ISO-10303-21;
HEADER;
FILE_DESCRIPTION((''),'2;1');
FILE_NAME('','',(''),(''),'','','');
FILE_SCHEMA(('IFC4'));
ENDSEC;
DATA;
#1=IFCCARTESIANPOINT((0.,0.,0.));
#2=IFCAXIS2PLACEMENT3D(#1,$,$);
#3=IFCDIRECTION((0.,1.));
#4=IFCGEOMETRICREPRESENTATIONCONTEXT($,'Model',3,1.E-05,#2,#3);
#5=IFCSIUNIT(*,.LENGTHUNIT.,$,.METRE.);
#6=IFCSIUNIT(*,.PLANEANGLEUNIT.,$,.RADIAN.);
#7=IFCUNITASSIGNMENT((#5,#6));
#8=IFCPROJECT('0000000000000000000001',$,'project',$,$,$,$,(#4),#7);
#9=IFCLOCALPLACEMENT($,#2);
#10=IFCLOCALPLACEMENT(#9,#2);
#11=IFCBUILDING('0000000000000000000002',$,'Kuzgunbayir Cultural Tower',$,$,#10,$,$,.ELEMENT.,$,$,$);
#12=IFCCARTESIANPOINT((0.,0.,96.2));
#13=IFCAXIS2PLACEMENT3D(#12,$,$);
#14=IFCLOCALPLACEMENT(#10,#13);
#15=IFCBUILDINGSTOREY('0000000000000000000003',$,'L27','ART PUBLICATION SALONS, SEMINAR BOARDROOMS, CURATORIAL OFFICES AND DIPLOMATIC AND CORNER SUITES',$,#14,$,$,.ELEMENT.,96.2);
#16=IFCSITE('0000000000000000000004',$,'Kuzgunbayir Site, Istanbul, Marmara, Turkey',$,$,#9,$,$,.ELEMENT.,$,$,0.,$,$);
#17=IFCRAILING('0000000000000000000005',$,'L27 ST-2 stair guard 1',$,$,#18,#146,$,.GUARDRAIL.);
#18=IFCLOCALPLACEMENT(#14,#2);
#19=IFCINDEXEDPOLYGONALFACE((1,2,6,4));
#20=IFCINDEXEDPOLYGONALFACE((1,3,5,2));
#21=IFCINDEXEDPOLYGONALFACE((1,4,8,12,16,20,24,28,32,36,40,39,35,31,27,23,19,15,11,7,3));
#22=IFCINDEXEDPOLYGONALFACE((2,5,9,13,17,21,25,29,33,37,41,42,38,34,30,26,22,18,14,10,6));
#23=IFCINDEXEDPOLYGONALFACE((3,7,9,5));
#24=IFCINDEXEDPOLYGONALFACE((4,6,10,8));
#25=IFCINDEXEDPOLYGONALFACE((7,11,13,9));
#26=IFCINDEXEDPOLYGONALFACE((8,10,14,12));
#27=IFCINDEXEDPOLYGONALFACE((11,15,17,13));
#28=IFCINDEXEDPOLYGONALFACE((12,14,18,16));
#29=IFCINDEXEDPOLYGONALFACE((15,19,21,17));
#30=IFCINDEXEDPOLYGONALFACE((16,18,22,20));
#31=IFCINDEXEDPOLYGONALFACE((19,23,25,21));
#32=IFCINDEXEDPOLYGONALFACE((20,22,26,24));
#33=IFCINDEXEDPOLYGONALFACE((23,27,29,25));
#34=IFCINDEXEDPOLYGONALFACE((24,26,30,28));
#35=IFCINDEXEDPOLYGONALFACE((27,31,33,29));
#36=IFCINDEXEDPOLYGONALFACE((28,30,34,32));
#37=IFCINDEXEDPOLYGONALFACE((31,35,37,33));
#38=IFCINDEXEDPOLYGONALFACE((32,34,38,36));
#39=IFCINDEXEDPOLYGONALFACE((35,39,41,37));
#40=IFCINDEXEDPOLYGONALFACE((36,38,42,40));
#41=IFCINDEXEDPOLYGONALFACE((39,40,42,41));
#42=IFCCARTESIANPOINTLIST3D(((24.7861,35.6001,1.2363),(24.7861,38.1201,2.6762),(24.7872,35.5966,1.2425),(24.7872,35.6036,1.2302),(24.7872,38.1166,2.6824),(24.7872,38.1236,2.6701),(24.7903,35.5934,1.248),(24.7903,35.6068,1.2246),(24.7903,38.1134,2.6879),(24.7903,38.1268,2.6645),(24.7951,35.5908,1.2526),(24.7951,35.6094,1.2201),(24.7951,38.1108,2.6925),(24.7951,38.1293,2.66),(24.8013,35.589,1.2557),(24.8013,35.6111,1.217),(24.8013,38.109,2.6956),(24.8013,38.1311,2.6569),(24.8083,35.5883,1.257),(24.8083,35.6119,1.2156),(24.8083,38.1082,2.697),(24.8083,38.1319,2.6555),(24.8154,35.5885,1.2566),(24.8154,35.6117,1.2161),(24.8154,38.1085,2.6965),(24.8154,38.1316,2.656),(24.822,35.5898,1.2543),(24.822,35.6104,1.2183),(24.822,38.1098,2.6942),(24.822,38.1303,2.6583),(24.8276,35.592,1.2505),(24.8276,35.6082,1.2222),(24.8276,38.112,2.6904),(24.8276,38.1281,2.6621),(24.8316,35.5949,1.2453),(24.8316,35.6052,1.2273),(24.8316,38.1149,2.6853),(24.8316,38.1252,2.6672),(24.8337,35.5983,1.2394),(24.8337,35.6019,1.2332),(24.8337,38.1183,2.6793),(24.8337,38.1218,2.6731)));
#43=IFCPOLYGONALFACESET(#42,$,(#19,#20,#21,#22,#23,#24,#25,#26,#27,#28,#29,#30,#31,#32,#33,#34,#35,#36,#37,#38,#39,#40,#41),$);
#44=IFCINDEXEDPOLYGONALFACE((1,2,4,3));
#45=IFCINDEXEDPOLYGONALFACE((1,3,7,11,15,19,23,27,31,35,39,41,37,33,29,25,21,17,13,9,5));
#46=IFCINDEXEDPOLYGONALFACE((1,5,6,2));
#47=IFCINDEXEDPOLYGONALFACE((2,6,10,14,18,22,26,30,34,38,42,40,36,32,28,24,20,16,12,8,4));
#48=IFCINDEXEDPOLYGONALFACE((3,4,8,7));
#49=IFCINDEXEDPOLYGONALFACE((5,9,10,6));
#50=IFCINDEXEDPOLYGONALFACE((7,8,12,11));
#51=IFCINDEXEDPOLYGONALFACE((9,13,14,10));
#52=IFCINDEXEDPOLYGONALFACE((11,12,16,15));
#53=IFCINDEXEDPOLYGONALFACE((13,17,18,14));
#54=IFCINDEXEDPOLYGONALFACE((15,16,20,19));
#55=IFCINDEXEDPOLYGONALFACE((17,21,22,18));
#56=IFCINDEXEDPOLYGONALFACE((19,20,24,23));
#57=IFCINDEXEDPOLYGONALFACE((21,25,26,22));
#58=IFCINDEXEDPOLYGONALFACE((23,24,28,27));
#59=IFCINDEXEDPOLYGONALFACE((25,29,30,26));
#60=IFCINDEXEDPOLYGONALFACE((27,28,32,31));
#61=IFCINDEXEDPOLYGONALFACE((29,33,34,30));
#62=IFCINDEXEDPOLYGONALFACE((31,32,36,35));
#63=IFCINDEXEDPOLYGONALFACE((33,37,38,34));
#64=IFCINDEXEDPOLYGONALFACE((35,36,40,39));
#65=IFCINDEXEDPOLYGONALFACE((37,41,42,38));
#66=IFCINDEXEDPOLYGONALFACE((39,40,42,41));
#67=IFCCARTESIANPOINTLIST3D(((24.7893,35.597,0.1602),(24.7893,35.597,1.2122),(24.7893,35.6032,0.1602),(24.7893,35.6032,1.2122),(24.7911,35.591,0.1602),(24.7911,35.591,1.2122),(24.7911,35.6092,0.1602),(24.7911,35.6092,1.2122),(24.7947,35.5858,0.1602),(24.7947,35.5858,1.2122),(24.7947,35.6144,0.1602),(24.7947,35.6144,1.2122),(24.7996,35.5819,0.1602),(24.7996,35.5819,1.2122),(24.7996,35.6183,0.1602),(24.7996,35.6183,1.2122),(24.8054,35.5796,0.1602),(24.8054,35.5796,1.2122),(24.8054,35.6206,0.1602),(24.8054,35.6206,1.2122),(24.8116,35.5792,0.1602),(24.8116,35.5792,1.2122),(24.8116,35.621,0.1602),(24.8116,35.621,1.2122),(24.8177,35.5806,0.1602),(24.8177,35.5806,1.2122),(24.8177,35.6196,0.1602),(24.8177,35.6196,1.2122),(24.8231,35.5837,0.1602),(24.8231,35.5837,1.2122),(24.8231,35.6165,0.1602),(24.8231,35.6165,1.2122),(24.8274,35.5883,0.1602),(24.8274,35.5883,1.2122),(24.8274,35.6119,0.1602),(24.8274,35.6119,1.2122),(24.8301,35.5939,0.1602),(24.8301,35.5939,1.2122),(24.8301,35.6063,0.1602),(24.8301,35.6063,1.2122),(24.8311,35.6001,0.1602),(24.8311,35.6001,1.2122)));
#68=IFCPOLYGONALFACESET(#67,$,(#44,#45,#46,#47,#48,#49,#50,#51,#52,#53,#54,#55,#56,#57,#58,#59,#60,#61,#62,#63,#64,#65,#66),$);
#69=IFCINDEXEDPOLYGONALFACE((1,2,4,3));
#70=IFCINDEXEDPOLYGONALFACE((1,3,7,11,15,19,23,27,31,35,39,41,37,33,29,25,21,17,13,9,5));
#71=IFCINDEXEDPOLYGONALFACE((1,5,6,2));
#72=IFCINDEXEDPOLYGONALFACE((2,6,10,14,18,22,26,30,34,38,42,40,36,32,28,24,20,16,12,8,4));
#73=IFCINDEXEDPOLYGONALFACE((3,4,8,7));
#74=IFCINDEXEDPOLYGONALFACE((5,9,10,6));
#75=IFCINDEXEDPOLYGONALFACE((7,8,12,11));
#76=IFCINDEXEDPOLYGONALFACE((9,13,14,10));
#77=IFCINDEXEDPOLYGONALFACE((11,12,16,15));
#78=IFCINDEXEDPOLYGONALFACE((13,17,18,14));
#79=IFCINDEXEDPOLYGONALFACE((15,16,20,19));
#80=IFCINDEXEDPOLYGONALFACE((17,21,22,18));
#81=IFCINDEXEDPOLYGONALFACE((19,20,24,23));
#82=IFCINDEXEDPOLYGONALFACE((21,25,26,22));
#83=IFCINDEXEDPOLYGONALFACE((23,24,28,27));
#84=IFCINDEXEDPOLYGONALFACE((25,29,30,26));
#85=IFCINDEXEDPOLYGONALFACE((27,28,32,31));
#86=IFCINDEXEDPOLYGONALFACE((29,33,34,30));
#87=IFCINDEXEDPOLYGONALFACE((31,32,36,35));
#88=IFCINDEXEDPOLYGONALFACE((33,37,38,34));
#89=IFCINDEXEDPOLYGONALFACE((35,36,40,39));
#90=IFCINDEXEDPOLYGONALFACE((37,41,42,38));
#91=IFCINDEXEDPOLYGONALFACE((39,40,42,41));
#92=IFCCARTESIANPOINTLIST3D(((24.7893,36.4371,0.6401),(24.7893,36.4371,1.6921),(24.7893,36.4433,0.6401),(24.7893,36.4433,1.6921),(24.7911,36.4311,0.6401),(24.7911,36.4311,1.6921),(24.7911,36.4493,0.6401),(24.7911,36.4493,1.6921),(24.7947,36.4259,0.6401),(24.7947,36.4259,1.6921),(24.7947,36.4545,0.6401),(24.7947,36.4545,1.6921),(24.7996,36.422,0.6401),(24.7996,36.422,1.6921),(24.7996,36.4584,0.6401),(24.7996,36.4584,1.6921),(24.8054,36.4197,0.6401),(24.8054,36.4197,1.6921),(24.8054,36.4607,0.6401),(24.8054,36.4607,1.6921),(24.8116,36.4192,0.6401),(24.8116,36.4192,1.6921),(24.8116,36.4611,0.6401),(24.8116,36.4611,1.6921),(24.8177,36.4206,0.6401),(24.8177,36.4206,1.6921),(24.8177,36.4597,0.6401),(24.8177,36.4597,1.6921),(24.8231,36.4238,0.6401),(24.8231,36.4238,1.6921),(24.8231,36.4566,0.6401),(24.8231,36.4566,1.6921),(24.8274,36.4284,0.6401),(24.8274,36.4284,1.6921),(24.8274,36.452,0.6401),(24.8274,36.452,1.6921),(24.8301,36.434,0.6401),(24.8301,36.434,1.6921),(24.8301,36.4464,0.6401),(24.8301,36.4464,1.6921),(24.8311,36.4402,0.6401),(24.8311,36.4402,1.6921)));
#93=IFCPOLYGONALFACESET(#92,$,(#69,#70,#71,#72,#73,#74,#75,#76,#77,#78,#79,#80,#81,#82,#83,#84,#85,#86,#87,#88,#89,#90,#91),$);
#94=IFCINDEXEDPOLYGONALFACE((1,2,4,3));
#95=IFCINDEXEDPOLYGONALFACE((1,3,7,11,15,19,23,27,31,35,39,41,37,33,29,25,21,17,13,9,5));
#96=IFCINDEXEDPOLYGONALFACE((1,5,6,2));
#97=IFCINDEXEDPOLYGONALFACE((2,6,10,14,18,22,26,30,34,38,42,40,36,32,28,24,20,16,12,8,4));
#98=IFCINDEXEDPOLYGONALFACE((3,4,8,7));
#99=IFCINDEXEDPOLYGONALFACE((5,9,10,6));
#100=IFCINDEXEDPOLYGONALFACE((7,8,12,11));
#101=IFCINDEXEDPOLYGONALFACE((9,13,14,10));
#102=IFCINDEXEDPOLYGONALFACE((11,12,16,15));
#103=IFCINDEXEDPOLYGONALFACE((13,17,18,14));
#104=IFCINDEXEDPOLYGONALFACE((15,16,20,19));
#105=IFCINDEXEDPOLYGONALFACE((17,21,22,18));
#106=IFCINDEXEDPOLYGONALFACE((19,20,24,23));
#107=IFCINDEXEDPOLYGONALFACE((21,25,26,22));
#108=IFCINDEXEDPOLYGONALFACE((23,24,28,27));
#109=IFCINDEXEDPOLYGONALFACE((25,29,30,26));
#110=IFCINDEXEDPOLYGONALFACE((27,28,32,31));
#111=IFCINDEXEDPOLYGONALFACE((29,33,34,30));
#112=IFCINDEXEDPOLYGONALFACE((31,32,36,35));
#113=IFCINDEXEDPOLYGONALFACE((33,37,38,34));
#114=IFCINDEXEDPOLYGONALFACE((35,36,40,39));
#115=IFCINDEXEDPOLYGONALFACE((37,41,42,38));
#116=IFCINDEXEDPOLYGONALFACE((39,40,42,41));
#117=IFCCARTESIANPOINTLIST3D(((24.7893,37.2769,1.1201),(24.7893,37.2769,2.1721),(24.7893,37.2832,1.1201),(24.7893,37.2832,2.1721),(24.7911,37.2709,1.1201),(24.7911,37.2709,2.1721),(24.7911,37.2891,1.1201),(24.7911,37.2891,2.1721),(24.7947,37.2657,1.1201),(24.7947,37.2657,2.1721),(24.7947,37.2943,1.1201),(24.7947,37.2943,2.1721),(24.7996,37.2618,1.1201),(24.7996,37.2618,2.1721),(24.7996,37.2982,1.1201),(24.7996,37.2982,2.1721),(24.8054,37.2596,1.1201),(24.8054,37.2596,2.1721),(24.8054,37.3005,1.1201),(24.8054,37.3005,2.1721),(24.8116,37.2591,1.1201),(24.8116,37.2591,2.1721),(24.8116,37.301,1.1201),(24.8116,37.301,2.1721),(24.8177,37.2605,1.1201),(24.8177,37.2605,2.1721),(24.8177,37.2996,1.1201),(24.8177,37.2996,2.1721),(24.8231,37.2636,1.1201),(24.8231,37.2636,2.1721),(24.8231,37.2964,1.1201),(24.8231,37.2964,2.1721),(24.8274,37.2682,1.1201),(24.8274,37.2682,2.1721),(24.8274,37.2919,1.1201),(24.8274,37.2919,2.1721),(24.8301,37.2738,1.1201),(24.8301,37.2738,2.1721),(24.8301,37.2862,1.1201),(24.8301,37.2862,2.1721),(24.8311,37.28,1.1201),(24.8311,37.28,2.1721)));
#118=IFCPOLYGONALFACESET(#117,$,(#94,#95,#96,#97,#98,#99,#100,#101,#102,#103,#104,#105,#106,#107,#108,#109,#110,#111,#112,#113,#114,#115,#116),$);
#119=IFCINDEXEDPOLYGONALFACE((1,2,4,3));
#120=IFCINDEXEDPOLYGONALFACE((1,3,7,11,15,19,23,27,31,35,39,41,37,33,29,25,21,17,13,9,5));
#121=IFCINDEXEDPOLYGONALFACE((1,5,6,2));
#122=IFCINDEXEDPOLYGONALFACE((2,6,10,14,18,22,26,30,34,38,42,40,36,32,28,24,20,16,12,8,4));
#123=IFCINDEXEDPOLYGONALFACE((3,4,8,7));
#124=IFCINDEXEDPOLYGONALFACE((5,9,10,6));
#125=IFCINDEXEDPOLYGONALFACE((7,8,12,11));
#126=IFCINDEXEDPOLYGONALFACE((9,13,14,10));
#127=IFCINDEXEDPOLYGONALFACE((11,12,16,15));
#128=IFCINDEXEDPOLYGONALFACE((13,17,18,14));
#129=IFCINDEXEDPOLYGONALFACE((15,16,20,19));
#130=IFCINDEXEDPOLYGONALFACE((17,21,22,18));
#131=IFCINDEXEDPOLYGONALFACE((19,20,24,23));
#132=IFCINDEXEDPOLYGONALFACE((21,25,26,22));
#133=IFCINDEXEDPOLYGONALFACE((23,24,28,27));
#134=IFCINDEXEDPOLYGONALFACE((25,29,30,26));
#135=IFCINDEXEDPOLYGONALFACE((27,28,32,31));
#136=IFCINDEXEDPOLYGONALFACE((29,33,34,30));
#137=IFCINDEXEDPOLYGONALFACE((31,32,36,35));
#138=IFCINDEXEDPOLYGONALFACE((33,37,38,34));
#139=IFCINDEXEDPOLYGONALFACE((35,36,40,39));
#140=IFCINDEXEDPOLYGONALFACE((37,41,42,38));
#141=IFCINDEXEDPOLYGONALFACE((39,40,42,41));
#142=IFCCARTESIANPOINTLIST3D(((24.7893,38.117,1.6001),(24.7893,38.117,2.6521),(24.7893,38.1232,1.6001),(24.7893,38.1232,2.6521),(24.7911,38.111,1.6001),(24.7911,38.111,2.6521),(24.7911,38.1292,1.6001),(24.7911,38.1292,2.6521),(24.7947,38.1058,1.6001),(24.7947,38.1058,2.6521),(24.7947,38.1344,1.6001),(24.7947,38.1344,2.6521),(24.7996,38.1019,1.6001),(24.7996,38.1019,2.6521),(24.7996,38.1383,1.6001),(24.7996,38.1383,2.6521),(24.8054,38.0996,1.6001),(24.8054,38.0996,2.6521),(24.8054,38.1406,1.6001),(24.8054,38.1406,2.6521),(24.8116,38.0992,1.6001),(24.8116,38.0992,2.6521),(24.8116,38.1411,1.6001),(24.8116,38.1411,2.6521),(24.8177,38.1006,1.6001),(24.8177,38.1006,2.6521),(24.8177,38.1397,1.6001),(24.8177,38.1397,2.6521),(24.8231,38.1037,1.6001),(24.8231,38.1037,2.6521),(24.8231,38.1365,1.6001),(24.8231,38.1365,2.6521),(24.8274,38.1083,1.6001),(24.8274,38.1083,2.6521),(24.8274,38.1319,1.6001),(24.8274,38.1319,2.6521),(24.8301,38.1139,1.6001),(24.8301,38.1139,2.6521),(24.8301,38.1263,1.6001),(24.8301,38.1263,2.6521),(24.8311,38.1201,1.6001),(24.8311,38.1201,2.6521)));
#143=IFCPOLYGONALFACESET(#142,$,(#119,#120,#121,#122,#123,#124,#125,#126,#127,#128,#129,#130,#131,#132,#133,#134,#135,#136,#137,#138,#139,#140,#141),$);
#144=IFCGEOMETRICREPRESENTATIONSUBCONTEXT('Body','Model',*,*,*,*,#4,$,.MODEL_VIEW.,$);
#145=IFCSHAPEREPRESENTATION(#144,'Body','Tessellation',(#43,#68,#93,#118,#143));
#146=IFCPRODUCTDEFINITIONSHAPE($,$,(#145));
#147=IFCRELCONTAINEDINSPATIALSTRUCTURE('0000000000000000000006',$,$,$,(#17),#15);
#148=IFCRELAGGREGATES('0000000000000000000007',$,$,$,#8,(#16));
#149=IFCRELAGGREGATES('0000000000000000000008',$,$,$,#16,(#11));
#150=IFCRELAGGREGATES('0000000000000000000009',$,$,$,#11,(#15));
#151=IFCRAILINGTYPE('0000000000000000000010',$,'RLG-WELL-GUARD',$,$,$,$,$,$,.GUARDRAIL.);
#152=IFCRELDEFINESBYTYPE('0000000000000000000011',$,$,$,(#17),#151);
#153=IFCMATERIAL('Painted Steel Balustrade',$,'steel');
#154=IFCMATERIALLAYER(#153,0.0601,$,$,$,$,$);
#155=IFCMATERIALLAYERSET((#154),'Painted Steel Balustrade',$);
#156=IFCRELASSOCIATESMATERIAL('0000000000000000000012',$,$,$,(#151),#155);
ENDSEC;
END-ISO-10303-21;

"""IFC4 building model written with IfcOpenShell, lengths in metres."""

from ifc_helpers import new_model, si_unit, direction, frame, origin, origin_2d, place, context, subcontext, project, spatial, circle, extrude, material, layer, layer_set, type_object, element, save


model = new_model("IFC4")

# Units and contexts
model_context = context("Model", 3, precision=1e-05, world=origin(), true_north=direction((0.0, 1.0)))
body_context = subcontext(model_context, "Body", "Model", "MODEL_VIEW")
ifc_project = project(units=[si_unit("LENGTHUNIT", "METRE"), si_unit("PLANEANGLEUNIT", "RADIAN")], contexts=[model_context])

# Site, building, storey
site_placement = place(None, origin())
site = spatial("IfcSite", under=ifc_project, at=site_placement, Name="Kuzgunbayir Site, Istanbul, Marmara, Turkey", CompositionType="ELEMENT", RefElevation=0.0)
building_placement = place(site_placement, origin())
building = spatial("IfcBuilding", under=site, at=building_placement, Name="Kuzgunbayir Cultural Tower", CompositionType="ELEMENT")
storey_placement = place(building_placement, frame((0.0, 0.0, 96.2)))
storey = spatial("IfcBuildingStorey", under=building, at=storey_placement, Name="L27", Description="ART PUBLICATION SALONS, SEMINAR BOARDROOMS, CURATORIAL OFFICES AND DIPLOMATIC AND CORNER SUITES", CompositionType="ELEMENT", Elevation=96.2)

# Railing
ifc_material_1 = material(Name="Painted Steel Balustrade", Category="steel")
ifc_layer_1 = layer(ifc_material_1, 0.0601)
ifc_layer_set_1 = layer_set([ifc_layer_1], Name="Painted Steel Balustrade")
railing_type_1 = type_object("IfcRailingType", Name="RLG-WELL-GUARD", PredefinedType="GUARDRAIL", material=ifc_layer_set_1)
railing_1_placement = place(storey_placement, frame((24.8101, 35.6001, 0.1602)))
element("IfcRailing", 1, at=railing_1_placement, inside=storey, type_object=railing_type_1, Name="L27 ST-2 stair guard 1", PredefinedType="GUARDRAIL", context=body_context, shape_type="SweptSolid", body=[
    extrude(circle(Radius=0.0239, at=origin_2d()), frame((0.0, 0.0, 1.0762), z_axis=(0.0, 0.868253, 0.496121), x_axis=(-1.0, 0.0, 0.0)), (0.0, 0.0, 1.0), 2.9023),
    extrude(circle(Radius=0.021, at=origin_2d()), origin(), (0.0, 0.0, 1.0), 1.052),
    extrude(circle(Radius=0.021, at=origin_2d()), frame((0.0, 0.8401, 0.48)), (0.0, 0.0, 1.0), 1.052),
    extrude(circle(Radius=0.021, at=origin_2d()), frame((0.0, 1.6799, 0.96)), (0.0, 0.0, 1.0), 1.052),
    extrude(circle(Radius=0.021, at=origin_2d()), frame((0.0, 2.52, 1.4399)), (0.0, 0.0, 1.0), 1.052),
])

save(model, "model.ifc")
